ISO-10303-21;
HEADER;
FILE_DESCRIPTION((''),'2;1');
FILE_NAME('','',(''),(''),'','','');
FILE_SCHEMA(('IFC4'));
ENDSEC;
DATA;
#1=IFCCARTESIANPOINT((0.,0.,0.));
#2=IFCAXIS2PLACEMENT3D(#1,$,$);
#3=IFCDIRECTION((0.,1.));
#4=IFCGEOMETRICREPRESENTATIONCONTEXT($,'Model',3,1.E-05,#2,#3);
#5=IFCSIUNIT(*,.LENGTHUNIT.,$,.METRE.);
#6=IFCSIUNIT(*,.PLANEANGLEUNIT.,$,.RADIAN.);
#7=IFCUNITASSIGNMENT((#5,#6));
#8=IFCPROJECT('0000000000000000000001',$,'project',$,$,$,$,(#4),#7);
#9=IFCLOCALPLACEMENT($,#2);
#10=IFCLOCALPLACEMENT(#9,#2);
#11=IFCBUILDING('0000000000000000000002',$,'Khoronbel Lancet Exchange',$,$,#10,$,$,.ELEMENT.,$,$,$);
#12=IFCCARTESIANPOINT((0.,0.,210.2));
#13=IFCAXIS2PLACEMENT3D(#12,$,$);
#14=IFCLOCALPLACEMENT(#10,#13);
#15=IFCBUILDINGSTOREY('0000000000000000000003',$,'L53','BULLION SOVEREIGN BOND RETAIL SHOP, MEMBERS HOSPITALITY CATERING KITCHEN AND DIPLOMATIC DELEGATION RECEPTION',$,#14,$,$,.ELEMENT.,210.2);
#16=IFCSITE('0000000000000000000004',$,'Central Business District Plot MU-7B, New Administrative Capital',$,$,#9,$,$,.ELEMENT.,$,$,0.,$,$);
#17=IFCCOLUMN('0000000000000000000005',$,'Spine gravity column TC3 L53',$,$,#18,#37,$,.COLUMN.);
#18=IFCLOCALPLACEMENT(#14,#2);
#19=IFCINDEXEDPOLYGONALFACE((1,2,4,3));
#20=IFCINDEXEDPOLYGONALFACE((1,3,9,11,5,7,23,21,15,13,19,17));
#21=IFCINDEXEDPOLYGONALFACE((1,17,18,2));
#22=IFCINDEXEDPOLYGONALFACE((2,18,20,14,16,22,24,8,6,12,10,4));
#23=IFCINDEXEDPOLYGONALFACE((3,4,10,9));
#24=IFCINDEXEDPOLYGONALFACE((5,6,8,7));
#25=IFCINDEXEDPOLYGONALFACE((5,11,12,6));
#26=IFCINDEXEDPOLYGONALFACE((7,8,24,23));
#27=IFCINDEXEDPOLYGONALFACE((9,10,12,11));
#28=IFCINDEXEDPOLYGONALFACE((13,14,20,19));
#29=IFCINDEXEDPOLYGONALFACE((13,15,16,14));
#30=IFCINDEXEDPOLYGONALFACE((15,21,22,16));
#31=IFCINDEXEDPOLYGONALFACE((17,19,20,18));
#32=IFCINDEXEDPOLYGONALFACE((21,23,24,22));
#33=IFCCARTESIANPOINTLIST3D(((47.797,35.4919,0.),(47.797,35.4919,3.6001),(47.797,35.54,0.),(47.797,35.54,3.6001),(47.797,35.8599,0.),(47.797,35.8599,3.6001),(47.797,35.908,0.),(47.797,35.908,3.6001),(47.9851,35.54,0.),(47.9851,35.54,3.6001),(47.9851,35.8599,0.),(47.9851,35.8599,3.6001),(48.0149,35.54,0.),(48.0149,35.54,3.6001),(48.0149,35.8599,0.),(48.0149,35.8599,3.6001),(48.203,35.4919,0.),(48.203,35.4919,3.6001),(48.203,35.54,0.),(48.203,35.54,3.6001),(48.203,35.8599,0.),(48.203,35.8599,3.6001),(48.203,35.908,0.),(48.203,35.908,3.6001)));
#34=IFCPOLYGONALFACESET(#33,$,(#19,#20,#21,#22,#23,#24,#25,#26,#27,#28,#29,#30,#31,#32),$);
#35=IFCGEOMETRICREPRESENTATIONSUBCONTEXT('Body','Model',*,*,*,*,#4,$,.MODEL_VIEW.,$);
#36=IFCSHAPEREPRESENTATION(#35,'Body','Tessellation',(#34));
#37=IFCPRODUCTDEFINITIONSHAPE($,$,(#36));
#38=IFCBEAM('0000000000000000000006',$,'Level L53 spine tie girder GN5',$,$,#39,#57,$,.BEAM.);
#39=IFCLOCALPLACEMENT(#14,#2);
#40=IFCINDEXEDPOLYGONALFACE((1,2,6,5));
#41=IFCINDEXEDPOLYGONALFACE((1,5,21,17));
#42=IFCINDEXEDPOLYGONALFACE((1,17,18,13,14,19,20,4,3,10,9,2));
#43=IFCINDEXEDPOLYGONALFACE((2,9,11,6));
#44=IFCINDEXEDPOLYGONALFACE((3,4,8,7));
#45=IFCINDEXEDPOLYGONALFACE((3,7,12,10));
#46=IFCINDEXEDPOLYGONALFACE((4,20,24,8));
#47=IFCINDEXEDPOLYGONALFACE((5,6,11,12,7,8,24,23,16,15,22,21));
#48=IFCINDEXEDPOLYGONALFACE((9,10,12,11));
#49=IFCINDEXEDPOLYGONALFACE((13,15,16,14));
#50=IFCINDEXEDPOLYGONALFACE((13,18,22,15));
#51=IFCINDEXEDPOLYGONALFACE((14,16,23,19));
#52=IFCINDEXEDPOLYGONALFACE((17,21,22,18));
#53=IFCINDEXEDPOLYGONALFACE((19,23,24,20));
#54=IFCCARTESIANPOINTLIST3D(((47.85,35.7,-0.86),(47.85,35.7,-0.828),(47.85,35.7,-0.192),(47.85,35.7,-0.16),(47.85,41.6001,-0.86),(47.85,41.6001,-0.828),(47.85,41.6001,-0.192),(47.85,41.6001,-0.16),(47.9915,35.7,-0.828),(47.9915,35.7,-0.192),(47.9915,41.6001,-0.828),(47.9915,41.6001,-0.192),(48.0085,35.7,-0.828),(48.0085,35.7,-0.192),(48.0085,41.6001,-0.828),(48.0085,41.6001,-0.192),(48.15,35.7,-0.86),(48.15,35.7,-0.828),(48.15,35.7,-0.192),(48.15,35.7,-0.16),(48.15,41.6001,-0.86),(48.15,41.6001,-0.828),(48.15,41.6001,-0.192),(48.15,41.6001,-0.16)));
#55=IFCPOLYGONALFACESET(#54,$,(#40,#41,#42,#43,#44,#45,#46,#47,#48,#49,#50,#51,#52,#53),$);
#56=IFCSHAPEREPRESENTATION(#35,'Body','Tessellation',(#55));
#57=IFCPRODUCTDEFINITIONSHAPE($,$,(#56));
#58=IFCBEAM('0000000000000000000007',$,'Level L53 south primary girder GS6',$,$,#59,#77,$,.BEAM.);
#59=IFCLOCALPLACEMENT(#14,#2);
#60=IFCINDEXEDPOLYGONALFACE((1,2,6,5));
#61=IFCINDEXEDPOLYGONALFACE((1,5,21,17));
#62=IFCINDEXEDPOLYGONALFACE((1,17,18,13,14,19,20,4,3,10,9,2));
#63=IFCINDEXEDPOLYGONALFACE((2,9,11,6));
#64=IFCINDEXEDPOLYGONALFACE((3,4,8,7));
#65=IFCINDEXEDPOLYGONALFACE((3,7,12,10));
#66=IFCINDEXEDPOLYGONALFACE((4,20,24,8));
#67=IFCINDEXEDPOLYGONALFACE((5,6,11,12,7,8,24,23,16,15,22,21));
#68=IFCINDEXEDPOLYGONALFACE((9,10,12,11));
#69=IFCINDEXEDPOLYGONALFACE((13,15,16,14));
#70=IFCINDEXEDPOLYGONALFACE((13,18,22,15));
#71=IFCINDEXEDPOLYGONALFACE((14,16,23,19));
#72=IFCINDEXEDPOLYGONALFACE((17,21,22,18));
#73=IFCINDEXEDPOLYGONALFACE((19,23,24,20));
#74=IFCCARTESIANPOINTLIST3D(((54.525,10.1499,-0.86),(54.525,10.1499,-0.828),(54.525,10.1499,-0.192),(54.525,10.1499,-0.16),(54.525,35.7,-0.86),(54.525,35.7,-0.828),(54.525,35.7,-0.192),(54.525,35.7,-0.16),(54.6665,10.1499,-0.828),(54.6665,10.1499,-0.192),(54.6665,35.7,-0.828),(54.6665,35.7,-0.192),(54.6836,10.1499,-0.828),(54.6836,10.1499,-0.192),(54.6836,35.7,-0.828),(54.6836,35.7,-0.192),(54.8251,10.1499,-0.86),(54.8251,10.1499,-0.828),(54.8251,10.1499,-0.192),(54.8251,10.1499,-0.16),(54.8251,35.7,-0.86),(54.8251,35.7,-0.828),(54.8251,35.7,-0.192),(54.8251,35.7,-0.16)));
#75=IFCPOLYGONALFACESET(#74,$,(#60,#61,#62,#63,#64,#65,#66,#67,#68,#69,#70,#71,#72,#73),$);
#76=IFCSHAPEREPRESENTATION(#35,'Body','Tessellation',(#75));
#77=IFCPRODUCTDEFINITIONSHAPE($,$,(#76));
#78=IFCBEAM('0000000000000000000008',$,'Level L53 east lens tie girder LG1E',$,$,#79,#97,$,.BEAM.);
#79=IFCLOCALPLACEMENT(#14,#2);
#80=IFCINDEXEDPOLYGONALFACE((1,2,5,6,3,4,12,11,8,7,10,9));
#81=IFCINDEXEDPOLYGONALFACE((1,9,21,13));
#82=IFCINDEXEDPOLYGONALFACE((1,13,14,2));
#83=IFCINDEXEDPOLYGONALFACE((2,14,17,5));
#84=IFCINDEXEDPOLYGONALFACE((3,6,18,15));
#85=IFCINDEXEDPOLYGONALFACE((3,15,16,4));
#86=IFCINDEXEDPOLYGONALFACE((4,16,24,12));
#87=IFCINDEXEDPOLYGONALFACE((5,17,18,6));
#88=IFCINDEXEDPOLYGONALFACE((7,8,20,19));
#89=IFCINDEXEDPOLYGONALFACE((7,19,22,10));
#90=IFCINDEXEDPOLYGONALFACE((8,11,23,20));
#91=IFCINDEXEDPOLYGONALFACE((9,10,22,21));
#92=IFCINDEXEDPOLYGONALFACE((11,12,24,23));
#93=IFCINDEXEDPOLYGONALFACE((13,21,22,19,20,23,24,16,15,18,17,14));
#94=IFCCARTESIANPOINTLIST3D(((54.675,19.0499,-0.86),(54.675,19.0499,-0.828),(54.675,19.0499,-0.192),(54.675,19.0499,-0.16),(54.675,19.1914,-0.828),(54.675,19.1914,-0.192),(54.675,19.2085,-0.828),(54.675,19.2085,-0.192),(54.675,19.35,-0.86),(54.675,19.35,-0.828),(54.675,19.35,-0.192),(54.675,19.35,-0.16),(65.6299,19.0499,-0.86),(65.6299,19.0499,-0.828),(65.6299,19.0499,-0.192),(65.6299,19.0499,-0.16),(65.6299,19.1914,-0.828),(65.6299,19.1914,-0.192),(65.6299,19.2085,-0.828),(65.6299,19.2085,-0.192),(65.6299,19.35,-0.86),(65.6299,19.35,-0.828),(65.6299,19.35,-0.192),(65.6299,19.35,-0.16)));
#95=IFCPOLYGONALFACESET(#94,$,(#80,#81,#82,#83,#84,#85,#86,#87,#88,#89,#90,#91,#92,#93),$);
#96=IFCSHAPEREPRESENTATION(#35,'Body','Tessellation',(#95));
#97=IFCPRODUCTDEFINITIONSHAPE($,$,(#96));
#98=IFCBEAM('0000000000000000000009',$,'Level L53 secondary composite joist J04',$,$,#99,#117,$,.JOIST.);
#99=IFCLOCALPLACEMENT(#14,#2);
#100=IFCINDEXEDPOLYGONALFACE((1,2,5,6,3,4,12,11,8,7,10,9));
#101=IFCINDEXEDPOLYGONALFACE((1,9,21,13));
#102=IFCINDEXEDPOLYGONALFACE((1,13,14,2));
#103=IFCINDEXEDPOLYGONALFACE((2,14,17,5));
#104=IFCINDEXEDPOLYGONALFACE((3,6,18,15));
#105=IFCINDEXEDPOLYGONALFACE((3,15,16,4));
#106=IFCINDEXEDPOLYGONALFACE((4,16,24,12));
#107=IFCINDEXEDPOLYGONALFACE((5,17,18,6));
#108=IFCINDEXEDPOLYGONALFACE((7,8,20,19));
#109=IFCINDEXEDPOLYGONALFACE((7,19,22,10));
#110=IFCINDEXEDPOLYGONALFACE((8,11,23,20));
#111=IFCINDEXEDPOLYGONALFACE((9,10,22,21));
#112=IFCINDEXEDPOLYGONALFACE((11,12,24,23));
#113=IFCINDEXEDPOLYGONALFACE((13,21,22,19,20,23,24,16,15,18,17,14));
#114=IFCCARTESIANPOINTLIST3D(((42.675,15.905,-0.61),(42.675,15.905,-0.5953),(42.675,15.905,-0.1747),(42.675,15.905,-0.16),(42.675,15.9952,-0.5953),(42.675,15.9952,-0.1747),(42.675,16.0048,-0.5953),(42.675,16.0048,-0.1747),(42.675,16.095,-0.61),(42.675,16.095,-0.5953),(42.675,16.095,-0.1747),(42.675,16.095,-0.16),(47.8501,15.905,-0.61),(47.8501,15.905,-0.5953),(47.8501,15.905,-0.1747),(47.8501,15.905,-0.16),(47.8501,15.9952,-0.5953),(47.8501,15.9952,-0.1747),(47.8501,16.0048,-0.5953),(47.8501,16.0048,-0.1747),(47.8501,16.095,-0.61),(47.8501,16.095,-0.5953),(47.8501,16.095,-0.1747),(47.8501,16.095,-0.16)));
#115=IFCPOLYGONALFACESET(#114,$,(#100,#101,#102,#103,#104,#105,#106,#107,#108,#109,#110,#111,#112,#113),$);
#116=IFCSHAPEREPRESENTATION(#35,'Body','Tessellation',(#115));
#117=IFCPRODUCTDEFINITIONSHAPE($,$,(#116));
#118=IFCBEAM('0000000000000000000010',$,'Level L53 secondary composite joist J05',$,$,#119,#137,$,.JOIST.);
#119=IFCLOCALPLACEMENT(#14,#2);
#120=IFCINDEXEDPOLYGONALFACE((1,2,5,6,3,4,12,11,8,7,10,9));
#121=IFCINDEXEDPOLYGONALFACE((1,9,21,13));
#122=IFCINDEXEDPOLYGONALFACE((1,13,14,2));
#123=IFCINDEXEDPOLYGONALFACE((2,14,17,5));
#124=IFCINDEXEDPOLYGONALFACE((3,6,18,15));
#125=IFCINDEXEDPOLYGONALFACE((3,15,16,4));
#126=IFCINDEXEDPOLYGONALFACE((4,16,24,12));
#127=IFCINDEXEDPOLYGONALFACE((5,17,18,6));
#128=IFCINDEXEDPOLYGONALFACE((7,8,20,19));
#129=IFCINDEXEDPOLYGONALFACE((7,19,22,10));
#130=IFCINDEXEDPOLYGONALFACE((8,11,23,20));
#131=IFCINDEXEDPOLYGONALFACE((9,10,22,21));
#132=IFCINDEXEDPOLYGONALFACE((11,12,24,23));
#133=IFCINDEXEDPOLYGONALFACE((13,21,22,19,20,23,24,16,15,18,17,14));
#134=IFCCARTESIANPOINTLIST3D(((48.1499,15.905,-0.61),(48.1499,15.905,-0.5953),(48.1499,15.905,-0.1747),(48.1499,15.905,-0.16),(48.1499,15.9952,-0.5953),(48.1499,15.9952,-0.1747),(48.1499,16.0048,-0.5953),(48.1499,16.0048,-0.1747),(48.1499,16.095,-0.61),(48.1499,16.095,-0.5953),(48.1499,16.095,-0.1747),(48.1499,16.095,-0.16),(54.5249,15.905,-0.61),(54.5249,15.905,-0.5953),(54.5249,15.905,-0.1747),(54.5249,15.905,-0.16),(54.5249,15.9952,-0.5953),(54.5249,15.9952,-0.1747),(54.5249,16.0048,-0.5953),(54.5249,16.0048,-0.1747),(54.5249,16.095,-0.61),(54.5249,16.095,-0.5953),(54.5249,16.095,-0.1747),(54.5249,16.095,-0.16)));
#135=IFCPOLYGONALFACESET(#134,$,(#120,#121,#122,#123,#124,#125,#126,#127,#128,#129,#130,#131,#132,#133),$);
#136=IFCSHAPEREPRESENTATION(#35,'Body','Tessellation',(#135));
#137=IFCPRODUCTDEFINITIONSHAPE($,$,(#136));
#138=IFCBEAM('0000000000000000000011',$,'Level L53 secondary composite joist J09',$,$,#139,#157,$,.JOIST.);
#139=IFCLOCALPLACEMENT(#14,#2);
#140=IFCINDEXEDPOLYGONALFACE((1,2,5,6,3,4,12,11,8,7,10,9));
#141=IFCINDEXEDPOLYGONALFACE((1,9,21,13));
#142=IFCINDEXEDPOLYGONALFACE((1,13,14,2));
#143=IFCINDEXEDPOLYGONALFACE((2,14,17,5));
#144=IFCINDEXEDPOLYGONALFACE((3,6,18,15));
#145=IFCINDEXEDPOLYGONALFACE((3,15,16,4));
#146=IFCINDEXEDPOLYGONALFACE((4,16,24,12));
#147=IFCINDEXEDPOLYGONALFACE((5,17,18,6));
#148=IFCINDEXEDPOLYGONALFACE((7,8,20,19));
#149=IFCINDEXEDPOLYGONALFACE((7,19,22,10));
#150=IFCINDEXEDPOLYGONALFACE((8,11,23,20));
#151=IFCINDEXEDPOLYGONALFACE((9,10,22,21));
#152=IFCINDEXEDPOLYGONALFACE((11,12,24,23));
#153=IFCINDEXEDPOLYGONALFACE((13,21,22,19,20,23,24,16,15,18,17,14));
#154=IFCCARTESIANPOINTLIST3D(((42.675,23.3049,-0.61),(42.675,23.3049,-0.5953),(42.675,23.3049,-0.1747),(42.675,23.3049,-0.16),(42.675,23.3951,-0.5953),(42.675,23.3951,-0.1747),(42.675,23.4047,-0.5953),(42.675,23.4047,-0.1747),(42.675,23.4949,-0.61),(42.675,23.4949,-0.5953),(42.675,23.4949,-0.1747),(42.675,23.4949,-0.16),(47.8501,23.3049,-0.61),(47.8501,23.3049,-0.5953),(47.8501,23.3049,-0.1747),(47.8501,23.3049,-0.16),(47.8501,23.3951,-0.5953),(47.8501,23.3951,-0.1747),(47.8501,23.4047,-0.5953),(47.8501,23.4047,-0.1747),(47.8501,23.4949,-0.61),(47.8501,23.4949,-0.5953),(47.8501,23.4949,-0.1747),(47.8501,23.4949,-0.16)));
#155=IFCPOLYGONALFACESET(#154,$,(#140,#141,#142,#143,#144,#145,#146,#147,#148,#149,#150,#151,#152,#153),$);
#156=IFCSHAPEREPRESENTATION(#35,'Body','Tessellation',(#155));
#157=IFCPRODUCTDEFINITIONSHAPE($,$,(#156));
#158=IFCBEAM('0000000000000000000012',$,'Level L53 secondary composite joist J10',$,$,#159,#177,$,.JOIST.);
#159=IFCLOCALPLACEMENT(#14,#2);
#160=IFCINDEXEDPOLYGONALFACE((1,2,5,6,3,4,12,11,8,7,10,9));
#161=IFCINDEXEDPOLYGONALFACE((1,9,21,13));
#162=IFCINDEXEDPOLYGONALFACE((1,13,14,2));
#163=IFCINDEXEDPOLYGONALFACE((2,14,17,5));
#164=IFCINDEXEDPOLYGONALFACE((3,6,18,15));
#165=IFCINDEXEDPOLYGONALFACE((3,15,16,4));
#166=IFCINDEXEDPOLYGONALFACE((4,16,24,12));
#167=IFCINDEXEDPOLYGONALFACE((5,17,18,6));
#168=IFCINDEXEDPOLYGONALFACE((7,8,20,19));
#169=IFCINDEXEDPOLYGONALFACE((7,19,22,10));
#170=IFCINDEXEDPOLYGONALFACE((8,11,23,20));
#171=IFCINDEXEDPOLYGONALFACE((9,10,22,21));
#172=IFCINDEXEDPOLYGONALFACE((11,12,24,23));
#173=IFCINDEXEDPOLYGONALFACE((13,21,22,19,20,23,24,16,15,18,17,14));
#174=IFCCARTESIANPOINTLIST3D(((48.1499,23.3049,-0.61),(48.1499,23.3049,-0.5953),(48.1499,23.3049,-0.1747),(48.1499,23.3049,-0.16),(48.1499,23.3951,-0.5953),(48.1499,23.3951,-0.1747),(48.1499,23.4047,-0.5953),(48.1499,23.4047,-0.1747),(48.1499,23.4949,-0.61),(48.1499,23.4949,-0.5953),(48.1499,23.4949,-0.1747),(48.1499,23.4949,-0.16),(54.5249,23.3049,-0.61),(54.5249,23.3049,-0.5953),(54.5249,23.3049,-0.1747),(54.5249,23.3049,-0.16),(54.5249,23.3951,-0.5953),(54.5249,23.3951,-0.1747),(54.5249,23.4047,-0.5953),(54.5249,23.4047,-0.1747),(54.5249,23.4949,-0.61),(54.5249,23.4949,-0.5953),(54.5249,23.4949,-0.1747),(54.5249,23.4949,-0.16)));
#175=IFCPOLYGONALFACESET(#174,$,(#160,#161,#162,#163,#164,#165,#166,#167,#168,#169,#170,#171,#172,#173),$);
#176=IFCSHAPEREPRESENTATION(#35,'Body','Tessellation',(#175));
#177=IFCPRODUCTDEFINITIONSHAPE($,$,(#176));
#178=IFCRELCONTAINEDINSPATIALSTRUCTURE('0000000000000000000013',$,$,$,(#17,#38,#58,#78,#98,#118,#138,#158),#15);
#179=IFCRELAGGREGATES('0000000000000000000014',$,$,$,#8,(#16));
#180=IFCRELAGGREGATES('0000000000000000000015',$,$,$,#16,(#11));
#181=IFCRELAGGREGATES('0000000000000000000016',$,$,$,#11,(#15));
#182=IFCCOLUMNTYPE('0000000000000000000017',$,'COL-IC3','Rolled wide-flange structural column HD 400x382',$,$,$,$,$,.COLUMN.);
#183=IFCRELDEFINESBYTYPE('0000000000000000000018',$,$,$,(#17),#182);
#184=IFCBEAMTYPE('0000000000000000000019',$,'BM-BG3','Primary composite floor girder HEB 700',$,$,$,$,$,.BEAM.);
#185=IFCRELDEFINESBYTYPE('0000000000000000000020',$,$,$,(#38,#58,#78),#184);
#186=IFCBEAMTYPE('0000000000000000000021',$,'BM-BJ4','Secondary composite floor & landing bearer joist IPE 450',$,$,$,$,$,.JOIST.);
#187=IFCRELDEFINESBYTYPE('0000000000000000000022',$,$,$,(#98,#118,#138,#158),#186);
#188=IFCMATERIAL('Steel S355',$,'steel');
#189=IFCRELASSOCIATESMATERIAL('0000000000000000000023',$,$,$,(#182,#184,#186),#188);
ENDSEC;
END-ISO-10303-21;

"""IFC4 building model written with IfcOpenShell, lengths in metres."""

from ifc_helpers import new_model, si_unit, direction, frame, origin, origin_2d, place, context, subcontext, project, spatial, i_section, extrude, material, material_profile, profile_set, type_object, element, save


model = new_model("IFC4")

# Units and contexts
model_context = context("Model", 3, precision=1e-05, world=origin(), true_north=direction((0.0, 1.0)))
body_context = subcontext(model_context, "Body", "Model", "MODEL_VIEW")
ifc_project = project(units=[si_unit("LENGTHUNIT", "METRE"), si_unit("PLANEANGLEUNIT", "RADIAN")], contexts=[model_context])

# Site, building, storey
site_placement = place(None, origin())
site = spatial("IfcSite", under=ifc_project, at=site_placement, Name="Central Business District Plot MU-7B, New Administrative Capital", CompositionType="ELEMENT", RefElevation=0.0)
building_placement = place(site_placement, origin())
building = spatial("IfcBuilding", under=site, at=building_placement, Name="Khoronbel Lancet Exchange", CompositionType="ELEMENT")
storey_placement = place(building_placement, frame((0.0, 0.0, 210.2)))
storey = spatial("IfcBuildingStorey", under=building, at=storey_placement, Name="L53", Description="BULLION SOVEREIGN BOND RETAIL SHOP, MEMBERS HOSPITALITY CATERING KITCHEN AND DIPLOMATIC DELEGATION RECEPTION", CompositionType="ELEMENT", Elevation=210.2)

# Column
ifc_material_1 = material(Name="Steel S355", Category="steel")
ifc_material_profile_1 = material_profile(ifc_material_1, i_section(OverallWidth=0.406, OverallDepth=0.416, WebThickness=0.0298, FlangeThickness=0.0481, at=origin_2d()), Name="HD 400x382")
ifc_profile_set_1 = profile_set([ifc_material_profile_1], Name="Steel S355")
column_type = type_object("IfcColumnType", Name="COL-IC3", Description="Rolled wide-flange structural column HD 400x382", PredefinedType="COLUMN", material=ifc_profile_set_1)
column_placement = place(storey_placement, frame((48.0, 35.7, 0.0), z_axis=(0.0, 0.0, 1.0), x_axis=(1.0, 0.0, 0.0)))
element("IfcColumn", 1, at=column_placement, inside=storey, type_object=column_type, Name="Spine gravity column TC3 L53", PredefinedType="COLUMN", context=body_context, shape_type="SweptSolid", body=[
    extrude(i_section(OverallWidth=0.406, OverallDepth=0.416, WebThickness=0.0298, FlangeThickness=0.0481, at=origin_2d()), origin(), (0.0, 0.0, 1.0), 3.6001),
])

# Beams
ifc_material_profile_2 = material_profile(ifc_material_1, i_section(OverallWidth=0.3, OverallDepth=0.7, WebThickness=0.0171, FlangeThickness=0.032, at=origin_2d()), Name="HEB 700")
ifc_profile_set_2 = profile_set([ifc_material_profile_2], Name="Steel S355")
beam_type_1 = type_object("IfcBeamType", Name="BM-BG3", Description="Primary composite floor girder HEB 700", PredefinedType="BEAM", material=ifc_profile_set_2)
beam_1_placement = place(storey_placement, frame((48.0, 35.7, -0.51), z_axis=(0.0, 1.0, 0.0), x_axis=(-1.0, 0.0, 0.0)))
element("IfcBeam", 2, at=beam_1_placement, inside=storey, type_object=beam_type_1, Name="Level L53 spine tie girder GN5", PredefinedType="BEAM", context=body_context, shape_type="SweptSolid", body=[
    extrude(i_section(OverallWidth=0.3, OverallDepth=0.7, WebThickness=0.0171, FlangeThickness=0.032, at=origin_2d()), origin(), (0.0, 0.0, 1.0), 5.9001),
])
beam_2_placement = place(storey_placement, frame((54.675, 10.1499, -0.51), z_axis=(0.0, 1.0, 0.0), x_axis=(-1.0, 0.0, 0.0)))
element("IfcBeam", 3, at=beam_2_placement, inside=storey, type_object=beam_type_1, Name="Level L53 south primary girder GS6", PredefinedType="BEAM", context=body_context, shape_type="SweptSolid", body=[
    extrude(i_section(OverallWidth=0.3, OverallDepth=0.7, WebThickness=0.0171, FlangeThickness=0.032, at=origin_2d()), origin(), (0.0, 0.0, 1.0), 25.55),
])
beam_3_placement = place(storey_placement, frame((54.675, 19.2, -0.51), z_axis=(1.0, 0.0, 0.0), x_axis=(0.0, 1.0, 0.0)))
element("IfcBeam", 4, at=beam_3_placement, inside=storey, type_object=beam_type_1, Name="Level L53 east lens tie girder LG1E", PredefinedType="BEAM", context=body_context, shape_type="SweptSolid", body=[
    extrude(i_section(OverallWidth=0.3, OverallDepth=0.7, WebThickness=0.0171, FlangeThickness=0.032, at=origin_2d()), origin(), (0.0, 0.0, 1.0), 10.9548),
])
ifc_material_profile_3 = material_profile(ifc_material_1, i_section(OverallWidth=0.1899, OverallDepth=0.45, WebThickness=0.0095, FlangeThickness=0.0146, at=origin_2d()), Name="IPE 450")
ifc_profile_set_3 = profile_set([ifc_material_profile_3], Name="Steel S355")
beam_type_2 = type_object("IfcBeamType", Name="BM-BJ4", Description="Secondary composite floor & landing bearer joist IPE 450", PredefinedType="JOIST", material=ifc_profile_set_3)
beam_4_placement = place(storey_placement, frame((42.675, 16.0, -0.385), z_axis=(1.0, 0.0, 0.0), x_axis=(0.0, 1.0, 0.0)))
element("IfcBeam", 5, at=beam_4_placement, inside=storey, type_object=beam_type_2, Name="Level L53 secondary composite joist J04", PredefinedType="JOIST", context=body_context, shape_type="SweptSolid", body=[
    extrude(i_section(OverallWidth=0.1899, OverallDepth=0.45, WebThickness=0.0095, FlangeThickness=0.0146, at=origin_2d()), origin(), (0.0, 0.0, 1.0), 5.175),
])
beam_5_placement = place(storey_placement, frame((48.1499, 16.0, -0.385), z_axis=(1.0, 0.0, 0.0), x_axis=(0.0, 1.0, 0.0)))
element("IfcBeam", 6, at=beam_5_placement, inside=storey, type_object=beam_type_2, Name="Level L53 secondary composite joist J05", PredefinedType="JOIST", context=body_context, shape_type="SweptSolid", body=[
    extrude(i_section(OverallWidth=0.1899, OverallDepth=0.45, WebThickness=0.0095, FlangeThickness=0.0146, at=origin_2d()), origin(), (0.0, 0.0, 1.0), 6.375),
])
beam_6_placement = place(storey_placement, frame((42.675, 23.3999, -0.385), z_axis=(1.0, 0.0, 0.0), x_axis=(0.0, 1.0, 0.0)))
element("IfcBeam", 7, at=beam_6_placement, inside=storey, type_object=beam_type_2, Name="Level L53 secondary composite joist J09", PredefinedType="JOIST", context=body_context, shape_type="SweptSolid", body=[
    extrude(i_section(OverallWidth=0.1899, OverallDepth=0.45, WebThickness=0.0095, FlangeThickness=0.0146, at=origin_2d()), origin(), (0.0, 0.0, 1.0), 5.175),
])
beam_7_placement = place(storey_placement, frame((48.1499, 23.3999, -0.385), z_axis=(1.0, 0.0, 0.0), x_axis=(0.0, 1.0, 0.0)))
element("IfcBeam", 8, at=beam_7_placement, inside=storey, type_object=beam_type_2, Name="Level L53 secondary composite joist J10", PredefinedType="JOIST", context=body_context, shape_type="SweptSolid", body=[
    extrude(i_section(OverallWidth=0.1899, OverallDepth=0.45, WebThickness=0.0095, FlangeThickness=0.0146, at=origin_2d()), origin(), (0.0, 0.0, 1.0), 6.375),
])

save(model, "model.ifc")
